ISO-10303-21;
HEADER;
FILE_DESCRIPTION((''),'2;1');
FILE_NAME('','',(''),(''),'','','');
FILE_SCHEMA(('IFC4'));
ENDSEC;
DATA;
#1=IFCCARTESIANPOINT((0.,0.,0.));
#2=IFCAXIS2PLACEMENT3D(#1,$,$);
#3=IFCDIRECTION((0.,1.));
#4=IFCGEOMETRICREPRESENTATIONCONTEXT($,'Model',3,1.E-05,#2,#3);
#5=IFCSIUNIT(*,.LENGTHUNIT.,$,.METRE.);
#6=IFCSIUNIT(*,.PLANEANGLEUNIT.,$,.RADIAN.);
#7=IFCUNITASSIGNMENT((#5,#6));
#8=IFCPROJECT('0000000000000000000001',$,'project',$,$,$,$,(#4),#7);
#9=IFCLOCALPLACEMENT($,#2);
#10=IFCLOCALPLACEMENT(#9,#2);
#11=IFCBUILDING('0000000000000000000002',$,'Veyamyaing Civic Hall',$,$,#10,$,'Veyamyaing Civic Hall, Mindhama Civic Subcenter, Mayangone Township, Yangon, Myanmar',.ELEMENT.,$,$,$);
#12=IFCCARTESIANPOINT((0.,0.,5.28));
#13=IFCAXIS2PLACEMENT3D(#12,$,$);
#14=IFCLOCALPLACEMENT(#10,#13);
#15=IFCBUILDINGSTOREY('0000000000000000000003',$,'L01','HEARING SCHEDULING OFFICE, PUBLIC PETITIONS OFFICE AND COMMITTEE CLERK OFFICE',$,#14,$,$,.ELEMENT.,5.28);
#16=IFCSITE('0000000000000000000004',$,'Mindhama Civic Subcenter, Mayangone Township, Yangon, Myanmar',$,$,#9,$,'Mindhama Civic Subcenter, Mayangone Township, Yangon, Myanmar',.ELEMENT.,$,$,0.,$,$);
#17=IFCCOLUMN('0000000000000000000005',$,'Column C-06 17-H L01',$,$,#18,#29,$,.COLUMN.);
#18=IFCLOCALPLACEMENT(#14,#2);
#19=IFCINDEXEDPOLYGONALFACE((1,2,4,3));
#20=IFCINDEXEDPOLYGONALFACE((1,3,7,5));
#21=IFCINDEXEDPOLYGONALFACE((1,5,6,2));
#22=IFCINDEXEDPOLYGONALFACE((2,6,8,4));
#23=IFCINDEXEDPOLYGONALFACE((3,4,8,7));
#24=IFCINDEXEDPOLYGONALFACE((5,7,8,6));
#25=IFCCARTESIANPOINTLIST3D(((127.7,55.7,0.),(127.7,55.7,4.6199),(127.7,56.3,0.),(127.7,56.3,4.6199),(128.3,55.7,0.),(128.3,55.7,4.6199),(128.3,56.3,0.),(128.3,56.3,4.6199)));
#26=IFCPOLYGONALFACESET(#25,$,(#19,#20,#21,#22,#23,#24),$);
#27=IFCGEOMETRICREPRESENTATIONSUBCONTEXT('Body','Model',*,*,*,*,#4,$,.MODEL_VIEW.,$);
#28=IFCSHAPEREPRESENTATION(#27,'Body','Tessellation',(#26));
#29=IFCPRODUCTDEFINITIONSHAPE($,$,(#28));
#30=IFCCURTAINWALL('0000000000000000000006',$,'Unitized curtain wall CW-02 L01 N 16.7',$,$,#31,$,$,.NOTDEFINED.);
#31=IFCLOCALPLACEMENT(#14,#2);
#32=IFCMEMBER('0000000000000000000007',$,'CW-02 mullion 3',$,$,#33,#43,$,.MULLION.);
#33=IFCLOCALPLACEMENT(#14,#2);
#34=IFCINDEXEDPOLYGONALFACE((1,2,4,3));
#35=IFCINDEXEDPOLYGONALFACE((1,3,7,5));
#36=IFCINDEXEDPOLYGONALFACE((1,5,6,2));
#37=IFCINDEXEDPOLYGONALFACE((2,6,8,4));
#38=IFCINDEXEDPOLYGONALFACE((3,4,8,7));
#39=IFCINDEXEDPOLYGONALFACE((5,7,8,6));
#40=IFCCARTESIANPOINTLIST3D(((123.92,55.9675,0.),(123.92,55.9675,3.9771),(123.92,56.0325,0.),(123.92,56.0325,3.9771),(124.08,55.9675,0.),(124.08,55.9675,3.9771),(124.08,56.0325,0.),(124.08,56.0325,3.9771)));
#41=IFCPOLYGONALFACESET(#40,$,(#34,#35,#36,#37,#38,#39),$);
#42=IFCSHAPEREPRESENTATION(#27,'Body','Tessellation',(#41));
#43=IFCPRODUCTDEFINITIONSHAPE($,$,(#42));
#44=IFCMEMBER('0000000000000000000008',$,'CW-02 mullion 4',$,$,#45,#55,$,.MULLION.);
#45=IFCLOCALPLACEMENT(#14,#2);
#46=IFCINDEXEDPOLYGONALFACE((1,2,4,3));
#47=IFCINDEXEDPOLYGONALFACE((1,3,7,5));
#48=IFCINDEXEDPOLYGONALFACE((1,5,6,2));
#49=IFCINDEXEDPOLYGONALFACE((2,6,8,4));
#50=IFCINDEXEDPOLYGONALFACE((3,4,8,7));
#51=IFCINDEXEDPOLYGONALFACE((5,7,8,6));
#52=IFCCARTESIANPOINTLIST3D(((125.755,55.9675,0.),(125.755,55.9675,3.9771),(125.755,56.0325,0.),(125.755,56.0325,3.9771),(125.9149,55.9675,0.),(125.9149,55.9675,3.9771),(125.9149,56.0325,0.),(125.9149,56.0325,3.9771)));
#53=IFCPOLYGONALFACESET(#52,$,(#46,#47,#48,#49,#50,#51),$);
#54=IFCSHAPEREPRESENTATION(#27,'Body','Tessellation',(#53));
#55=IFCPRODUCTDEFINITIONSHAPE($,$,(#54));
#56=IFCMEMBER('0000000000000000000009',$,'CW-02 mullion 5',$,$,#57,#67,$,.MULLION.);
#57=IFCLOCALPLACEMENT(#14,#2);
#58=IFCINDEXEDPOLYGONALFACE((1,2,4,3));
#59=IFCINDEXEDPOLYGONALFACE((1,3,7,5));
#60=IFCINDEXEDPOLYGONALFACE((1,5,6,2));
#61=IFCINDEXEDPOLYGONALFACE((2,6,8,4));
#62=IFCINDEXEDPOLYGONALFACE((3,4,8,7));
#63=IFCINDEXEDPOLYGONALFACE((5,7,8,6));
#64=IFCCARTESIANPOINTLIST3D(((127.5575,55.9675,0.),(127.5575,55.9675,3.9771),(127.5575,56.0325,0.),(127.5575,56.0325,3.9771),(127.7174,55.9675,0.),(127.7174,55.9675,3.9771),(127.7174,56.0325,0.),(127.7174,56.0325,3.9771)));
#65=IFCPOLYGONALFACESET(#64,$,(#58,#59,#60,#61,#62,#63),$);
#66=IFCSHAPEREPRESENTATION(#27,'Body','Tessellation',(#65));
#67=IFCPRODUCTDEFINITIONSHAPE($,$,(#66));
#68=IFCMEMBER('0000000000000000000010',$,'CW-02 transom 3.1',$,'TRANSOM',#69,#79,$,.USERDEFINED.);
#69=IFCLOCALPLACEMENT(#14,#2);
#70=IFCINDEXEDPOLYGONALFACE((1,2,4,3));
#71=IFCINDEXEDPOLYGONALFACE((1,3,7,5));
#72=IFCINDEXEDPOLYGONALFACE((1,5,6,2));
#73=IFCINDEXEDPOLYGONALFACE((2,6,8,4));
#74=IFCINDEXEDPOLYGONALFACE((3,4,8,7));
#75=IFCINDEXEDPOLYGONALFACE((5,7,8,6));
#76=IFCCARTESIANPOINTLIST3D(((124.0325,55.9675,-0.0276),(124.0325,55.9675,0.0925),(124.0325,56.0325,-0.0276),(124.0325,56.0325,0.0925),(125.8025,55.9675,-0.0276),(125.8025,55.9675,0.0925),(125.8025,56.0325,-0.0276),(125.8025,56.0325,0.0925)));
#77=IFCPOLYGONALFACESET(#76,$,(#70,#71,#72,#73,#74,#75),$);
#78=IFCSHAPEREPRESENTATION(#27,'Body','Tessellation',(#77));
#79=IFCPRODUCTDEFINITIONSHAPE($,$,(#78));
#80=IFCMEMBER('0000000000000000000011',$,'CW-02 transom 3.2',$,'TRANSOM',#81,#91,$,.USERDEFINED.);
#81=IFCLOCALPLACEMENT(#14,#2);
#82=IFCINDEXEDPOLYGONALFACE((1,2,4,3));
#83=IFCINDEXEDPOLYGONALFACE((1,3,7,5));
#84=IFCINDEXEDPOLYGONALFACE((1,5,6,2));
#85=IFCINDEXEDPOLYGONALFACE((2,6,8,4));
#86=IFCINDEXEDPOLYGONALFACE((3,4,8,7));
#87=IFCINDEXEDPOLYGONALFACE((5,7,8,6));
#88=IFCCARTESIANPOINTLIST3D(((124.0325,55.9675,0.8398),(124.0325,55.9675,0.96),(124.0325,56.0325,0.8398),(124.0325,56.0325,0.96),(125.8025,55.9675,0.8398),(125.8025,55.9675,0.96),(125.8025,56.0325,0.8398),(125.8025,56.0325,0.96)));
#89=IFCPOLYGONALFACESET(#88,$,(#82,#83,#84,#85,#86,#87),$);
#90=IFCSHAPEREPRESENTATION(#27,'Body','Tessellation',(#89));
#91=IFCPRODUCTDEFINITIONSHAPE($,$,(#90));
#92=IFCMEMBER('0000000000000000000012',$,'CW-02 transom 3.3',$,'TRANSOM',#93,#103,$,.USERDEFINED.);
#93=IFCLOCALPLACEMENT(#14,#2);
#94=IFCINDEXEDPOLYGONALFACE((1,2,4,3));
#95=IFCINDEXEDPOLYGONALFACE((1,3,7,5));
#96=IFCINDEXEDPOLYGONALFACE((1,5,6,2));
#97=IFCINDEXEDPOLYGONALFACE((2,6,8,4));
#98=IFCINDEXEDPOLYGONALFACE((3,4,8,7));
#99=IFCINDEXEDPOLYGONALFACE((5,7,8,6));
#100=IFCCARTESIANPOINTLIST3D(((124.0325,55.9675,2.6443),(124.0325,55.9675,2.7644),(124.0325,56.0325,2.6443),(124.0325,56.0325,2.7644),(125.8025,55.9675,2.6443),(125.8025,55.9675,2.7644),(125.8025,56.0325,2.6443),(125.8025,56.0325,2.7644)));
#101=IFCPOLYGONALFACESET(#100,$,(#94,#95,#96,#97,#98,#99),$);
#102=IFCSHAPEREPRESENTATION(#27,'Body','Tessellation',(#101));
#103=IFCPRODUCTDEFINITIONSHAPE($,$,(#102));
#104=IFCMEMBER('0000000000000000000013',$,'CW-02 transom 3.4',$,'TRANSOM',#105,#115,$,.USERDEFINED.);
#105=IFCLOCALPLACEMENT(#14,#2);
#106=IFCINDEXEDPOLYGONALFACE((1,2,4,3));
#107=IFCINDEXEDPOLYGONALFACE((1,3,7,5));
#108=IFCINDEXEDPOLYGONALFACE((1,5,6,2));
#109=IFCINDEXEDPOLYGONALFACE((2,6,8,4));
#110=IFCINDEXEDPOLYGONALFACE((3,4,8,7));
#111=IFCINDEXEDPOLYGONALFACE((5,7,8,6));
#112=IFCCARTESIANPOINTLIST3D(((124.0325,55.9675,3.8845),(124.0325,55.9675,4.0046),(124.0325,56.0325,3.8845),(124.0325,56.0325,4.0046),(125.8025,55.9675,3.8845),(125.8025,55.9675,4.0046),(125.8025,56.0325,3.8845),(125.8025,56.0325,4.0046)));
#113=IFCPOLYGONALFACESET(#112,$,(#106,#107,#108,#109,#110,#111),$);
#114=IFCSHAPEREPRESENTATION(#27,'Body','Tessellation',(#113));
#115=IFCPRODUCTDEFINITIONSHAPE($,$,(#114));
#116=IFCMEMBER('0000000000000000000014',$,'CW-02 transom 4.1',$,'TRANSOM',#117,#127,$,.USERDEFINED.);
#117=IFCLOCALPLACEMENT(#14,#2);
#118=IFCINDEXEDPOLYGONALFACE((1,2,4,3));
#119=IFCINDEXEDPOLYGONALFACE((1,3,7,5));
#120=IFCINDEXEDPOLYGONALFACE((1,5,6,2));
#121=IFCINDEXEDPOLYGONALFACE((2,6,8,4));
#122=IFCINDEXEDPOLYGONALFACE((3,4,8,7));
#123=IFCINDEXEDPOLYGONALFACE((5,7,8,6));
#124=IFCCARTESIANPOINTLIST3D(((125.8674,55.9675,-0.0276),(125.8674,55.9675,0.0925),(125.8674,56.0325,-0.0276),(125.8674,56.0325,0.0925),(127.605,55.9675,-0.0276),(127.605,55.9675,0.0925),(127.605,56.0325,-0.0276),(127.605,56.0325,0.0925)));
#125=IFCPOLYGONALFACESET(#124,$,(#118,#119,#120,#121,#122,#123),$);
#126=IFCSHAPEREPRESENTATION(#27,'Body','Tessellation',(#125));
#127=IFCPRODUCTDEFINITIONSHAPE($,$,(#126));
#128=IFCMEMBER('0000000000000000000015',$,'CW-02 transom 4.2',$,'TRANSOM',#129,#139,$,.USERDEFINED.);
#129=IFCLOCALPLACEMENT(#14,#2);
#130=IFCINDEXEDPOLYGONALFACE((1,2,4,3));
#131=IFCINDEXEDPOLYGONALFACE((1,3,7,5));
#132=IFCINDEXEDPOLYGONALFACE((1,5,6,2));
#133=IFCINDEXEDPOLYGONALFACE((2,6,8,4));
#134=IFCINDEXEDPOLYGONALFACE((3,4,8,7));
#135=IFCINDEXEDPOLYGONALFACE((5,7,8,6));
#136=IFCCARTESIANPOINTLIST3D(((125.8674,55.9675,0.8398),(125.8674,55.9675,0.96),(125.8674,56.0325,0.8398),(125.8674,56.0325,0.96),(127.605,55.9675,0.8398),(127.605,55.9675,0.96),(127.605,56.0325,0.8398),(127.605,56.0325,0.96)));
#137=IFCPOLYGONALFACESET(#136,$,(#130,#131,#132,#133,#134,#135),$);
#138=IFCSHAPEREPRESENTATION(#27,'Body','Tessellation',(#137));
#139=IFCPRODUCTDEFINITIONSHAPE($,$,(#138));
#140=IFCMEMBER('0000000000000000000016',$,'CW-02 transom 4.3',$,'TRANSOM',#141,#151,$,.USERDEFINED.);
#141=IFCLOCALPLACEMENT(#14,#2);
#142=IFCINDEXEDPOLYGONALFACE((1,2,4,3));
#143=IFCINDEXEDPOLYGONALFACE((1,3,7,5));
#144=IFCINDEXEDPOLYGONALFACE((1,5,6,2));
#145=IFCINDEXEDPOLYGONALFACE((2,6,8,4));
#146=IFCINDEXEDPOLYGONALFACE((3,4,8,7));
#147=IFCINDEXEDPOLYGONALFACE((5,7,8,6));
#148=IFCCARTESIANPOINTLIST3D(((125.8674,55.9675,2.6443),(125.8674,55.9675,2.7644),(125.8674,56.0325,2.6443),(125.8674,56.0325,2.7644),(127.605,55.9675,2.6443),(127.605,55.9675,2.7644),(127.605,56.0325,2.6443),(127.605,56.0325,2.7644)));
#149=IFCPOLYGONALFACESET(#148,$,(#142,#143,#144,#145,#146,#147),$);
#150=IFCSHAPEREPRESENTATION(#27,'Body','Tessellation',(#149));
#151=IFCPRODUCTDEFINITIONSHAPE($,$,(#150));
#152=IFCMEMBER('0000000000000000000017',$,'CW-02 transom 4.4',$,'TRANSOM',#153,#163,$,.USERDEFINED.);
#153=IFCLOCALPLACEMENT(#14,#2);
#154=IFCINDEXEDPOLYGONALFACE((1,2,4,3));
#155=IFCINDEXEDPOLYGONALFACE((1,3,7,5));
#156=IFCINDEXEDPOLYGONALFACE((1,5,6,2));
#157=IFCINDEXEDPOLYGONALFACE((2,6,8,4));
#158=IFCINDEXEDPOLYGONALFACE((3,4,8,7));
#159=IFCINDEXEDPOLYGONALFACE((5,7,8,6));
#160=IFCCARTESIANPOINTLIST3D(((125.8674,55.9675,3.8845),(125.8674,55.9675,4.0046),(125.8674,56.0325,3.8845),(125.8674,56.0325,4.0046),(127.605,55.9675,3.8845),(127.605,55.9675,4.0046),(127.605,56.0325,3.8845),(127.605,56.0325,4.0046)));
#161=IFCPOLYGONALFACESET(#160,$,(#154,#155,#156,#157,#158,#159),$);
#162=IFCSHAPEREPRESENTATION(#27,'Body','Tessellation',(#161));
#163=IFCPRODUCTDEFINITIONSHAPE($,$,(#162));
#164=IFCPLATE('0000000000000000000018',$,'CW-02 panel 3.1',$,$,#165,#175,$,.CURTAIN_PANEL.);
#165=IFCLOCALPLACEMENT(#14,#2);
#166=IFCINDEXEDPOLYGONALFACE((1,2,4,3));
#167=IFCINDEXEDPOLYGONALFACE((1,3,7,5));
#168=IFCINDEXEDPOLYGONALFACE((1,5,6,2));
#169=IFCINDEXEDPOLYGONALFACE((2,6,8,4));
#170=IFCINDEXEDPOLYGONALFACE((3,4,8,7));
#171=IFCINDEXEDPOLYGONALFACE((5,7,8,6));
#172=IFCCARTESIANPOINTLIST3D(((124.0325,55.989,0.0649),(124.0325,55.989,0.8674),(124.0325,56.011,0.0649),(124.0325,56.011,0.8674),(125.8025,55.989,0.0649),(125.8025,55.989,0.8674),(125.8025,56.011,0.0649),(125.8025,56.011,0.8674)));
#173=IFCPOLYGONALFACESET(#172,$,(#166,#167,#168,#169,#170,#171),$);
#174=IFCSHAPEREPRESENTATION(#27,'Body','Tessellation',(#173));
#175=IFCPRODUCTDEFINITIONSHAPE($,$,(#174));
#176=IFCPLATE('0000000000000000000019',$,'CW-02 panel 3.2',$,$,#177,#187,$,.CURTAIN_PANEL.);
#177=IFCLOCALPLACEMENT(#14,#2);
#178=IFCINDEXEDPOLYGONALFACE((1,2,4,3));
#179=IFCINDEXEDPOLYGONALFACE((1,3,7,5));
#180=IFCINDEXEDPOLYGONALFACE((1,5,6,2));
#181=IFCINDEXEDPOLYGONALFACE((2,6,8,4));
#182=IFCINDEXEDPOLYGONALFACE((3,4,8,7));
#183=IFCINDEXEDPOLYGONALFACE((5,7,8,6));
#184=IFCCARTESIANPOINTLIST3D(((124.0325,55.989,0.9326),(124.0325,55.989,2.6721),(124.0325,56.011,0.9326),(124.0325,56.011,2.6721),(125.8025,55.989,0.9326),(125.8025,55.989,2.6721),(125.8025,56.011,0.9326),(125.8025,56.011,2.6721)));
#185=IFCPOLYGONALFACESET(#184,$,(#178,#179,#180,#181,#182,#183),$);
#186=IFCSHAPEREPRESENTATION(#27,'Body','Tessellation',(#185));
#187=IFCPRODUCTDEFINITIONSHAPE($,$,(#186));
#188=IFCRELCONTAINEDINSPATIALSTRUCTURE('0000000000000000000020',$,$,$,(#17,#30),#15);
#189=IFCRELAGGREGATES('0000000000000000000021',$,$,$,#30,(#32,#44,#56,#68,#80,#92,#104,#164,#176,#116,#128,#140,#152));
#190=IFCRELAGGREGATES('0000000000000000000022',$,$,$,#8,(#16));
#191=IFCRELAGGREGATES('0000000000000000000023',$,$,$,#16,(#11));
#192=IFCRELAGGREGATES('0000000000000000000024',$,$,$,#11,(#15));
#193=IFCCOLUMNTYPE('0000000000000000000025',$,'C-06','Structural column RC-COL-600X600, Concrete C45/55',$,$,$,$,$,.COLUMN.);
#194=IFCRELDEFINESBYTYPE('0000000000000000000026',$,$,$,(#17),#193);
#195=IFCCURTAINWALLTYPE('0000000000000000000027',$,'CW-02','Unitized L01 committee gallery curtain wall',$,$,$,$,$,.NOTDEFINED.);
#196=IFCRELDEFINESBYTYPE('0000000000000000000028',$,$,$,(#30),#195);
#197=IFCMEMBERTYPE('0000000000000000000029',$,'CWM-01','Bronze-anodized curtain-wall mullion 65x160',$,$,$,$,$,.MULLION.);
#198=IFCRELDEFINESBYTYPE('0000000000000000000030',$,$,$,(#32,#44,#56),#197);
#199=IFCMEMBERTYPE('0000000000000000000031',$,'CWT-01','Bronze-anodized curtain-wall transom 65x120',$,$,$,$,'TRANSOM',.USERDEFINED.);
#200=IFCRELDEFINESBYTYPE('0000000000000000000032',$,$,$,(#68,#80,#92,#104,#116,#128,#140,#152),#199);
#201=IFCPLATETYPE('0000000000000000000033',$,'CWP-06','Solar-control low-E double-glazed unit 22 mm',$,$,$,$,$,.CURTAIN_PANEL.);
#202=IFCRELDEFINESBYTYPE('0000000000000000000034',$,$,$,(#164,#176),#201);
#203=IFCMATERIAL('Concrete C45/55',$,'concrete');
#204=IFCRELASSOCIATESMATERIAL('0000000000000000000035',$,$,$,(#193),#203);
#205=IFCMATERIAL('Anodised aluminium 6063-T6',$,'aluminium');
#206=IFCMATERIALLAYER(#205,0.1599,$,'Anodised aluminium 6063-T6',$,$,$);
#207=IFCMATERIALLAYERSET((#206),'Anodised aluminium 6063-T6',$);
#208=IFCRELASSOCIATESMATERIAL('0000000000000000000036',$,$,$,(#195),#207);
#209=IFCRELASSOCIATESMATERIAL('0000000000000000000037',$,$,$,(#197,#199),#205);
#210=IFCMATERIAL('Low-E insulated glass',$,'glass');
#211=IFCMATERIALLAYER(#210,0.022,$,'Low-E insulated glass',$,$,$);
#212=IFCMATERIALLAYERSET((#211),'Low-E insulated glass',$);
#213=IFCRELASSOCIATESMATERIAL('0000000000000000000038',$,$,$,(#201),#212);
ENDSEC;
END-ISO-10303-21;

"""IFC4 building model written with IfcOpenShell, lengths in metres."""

from ifc_helpers import new_model, si_unit, direction, frame, origin, origin_2d, place, context, subcontext, project, spatial, rectangle, extrude, material, layer, layer_set, material_profile, profile_set, type_object, element, aggregate, save


model = new_model("IFC4")

# Units and contexts
model_context = context("Model", 3, precision=1e-05, world=origin(), true_north=direction((0.0, 1.0)))
body_context = subcontext(model_context, "Body", "Model", "MODEL_VIEW")
ifc_project = project(units=[si_unit("LENGTHUNIT", "METRE"), si_unit("PLANEANGLEUNIT", "RADIAN")], contexts=[model_context])

# Site, building, storey
site_placement = place(None, origin())
site = spatial("IfcSite", under=ifc_project, at=site_placement, Name="Mindhama Civic Subcenter, Mayangone Township, Yangon, Myanmar", LongName="Mindhama Civic Subcenter, Mayangone Township, Yangon, Myanmar", CompositionType="ELEMENT", RefElevation=0.0)
building_placement = place(site_placement, origin())
building = spatial("IfcBuilding", under=site, at=building_placement, Name="Veyamyaing Civic Hall", LongName="Veyamyaing Civic Hall, Mindhama Civic Subcenter, Mayangone Township, Yangon, Myanmar", CompositionType="ELEMENT")
storey_placement = place(building_placement, frame((0.0, 0.0, 5.28)))
storey = spatial("IfcBuildingStorey", under=building, at=storey_placement, Name="L01", Description="HEARING SCHEDULING OFFICE, PUBLIC PETITIONS OFFICE AND COMMITTEE CLERK OFFICE", CompositionType="ELEMENT", Elevation=5.28)

# Column
ifc_material_1 = material(Name="Concrete C45/55", Category="concrete")
ifc_material_profile_1 = material_profile(ifc_material_1, rectangle(XDim=0.6001, YDim=0.6001, at=origin_2d()), Name="RC-COL-600X600")
ifc_profile_set_1 = profile_set([ifc_material_profile_1], Name="Concrete C45/55")
column_type = type_object("IfcColumnType", Name="C-06", Description="Structural column RC-COL-600X600, Concrete C45/55", PredefinedType="COLUMN", material=ifc_profile_set_1)
column_placement = place(storey_placement, frame((128.0, 56.0, 0.0), z_axis=(0.0, 0.0, 1.0), x_axis=(1.0, 0.0, 0.0)))
element("IfcColumn", 1, at=column_placement, inside=storey, type_object=column_type, Name="Column C-06 17-H L01", PredefinedType="COLUMN", context=body_context, shape_type="SweptSolid", body=[
    extrude(rectangle(XDim=0.6001, YDim=0.6001, at=origin_2d()), origin(), (0.0, 0.0, 1.0), 4.6199),
])

# Curtain wall, members, plates
ifc_material_2 = material(Name="Anodised aluminium 6063-T6", Category="aluminium")
ifc_layer_1 = layer(ifc_material_2, 0.1599, Name="Anodised aluminium 6063-T6")
ifc_layer_set_1 = layer_set([ifc_layer_1], Name="Anodised aluminium 6063-T6")
curtain_wall_type = type_object("IfcCurtainWallType", Name="CW-02", Description="Unitized L01 committee gallery curtain wall", PredefinedType="NOTDEFINED", material=ifc_layer_set_1)
curtain_wall_placement = place(storey_placement, origin())
curtain_wall = element("IfcCurtainWall", 2, at=curtain_wall_placement, inside=storey, type_object=curtain_wall_type, Name="Unitized curtain wall CW-02 L01 N 16.7", PredefinedType="NOTDEFINED")
ifc_material_profile_2 = material_profile(ifc_material_2, rectangle(XDim=0.0649, YDim=0.1599, at=origin_2d()), Name="ALU-MUL-65X160")
ifc_profile_set_2 = profile_set([ifc_material_profile_2], Name="Anodised aluminium 6063-T6")
member_type_1 = type_object("IfcMemberType", Name="CWM-01", Description="Bronze-anodized curtain-wall mullion 65x160", PredefinedType="MULLION", material=ifc_profile_set_2)
member_1_placement = place(storey_placement, frame((124.0, 56.0, 0.0), z_axis=(0.0, 0.0, 1.0), x_axis=(0.0, 1.0, 0.0)))
member_1 = element("IfcMember", 3, at=member_1_placement, type_object=member_type_1, Name="CW-02 mullion 3", PredefinedType="MULLION", context=body_context, shape_type="SweptSolid", body=[
    extrude(rectangle(XDim=0.0649, YDim=0.1599, at=origin_2d()), origin(), (0.0, 0.0, 1.0), 3.9771),
])
member_2_placement = place(storey_placement, frame((125.835, 56.0, 0.0), z_axis=(0.0, 0.0, 1.0), x_axis=(0.0, 1.0, 0.0)))
member_2 = element("IfcMember", 4, at=member_2_placement, type_object=member_type_1, Name="CW-02 mullion 4", PredefinedType="MULLION", context=body_context, shape_type="SweptSolid", body=[
    extrude(rectangle(XDim=0.0649, YDim=0.1599, at=origin_2d()), origin(), (0.0, 0.0, 1.0), 3.9771),
])
member_3_placement = place(storey_placement, frame((127.6375, 56.0, 0.0), z_axis=(0.0, 0.0, 1.0), x_axis=(0.0, 1.0, 0.0)))
member_3 = element("IfcMember", 5, at=member_3_placement, type_object=member_type_1, Name="CW-02 mullion 5", PredefinedType="MULLION", context=body_context, shape_type="SweptSolid", body=[
    extrude(rectangle(XDim=0.0649, YDim=0.1599, at=origin_2d()), origin(), (0.0, 0.0, 1.0), 3.9771),
])
ifc_material_profile_3 = material_profile(ifc_material_2, rectangle(XDim=0.0649, YDim=0.1201, at=origin_2d()), Name="ALU-TRN-65X120")
ifc_profile_set_3 = profile_set([ifc_material_profile_3], Name="Anodised aluminium 6063-T6")
member_type_2 = type_object("IfcMemberType", Name="CWT-01", Description="Bronze-anodized curtain-wall transom 65x120", ElementType="TRANSOM", PredefinedType="USERDEFINED", material=ifc_profile_set_3)
member_4_placement = place(storey_placement, frame((124.0325, 56.0, 0.0325), z_axis=(1.0, 0.0, 0.0), x_axis=(0.0, 1.0, 0.0)))
member_4 = element("IfcMember", 6, at=member_4_placement, type_object=member_type_2, Name="CW-02 transom 3.1", ObjectType="TRANSOM", PredefinedType="USERDEFINED", context=body_context, shape_type="SweptSolid", body=[
    extrude(rectangle(XDim=0.0649, YDim=0.1201, at=origin_2d()), origin(), (0.0, 0.0, 1.0), 1.77),
])
member_5_placement = place(storey_placement, frame((124.0325, 56.0, 0.8999), z_axis=(1.0, 0.0, 0.0), x_axis=(0.0, 1.0, 0.0)))
member_5 = element("IfcMember", 7, at=member_5_placement, type_object=member_type_2, Name="CW-02 transom 3.2", ObjectType="TRANSOM", PredefinedType="USERDEFINED", context=body_context, shape_type="SweptSolid", body=[
    extrude(rectangle(XDim=0.0649, YDim=0.1201, at=origin_2d()), origin(), (0.0, 0.0, 1.0), 1.77),
])
member_6_placement = place(storey_placement, frame((124.0325, 56.0, 2.7043), z_axis=(1.0, 0.0, 0.0), x_axis=(0.0, 1.0, 0.0)))
member_6 = element("IfcMember", 8, at=member_6_placement, type_object=member_type_2, Name="CW-02 transom 3.3", ObjectType="TRANSOM", PredefinedType="USERDEFINED", context=body_context, shape_type="SweptSolid", body=[
    extrude(rectangle(XDim=0.0649, YDim=0.1201, at=origin_2d()), origin(), (0.0, 0.0, 1.0), 1.77),
])
member_7_placement = place(storey_placement, frame((124.0325, 56.0, 3.9446), z_axis=(1.0, 0.0, 0.0), x_axis=(0.0, 1.0, 0.0)))
member_7 = element("IfcMember", 9, at=member_7_placement, type_object=member_type_2, Name="CW-02 transom 3.4", ObjectType="TRANSOM", PredefinedType="USERDEFINED", context=body_context, shape_type="SweptSolid", body=[
    extrude(rectangle(XDim=0.0649, YDim=0.1201, at=origin_2d()), origin(), (0.0, 0.0, 1.0), 1.77),
])
member_8_placement = place(storey_placement, frame((125.8674, 56.0, 0.0325), z_axis=(1.0, 0.0, 0.0), x_axis=(0.0, 1.0, 0.0)))
member_8 = element("IfcMember", 10, at=member_8_placement, type_object=member_type_2, Name="CW-02 transom 4.1", ObjectType="TRANSOM", PredefinedType="USERDEFINED", context=body_context, shape_type="SweptSolid", body=[
    extrude(rectangle(XDim=0.0649, YDim=0.1201, at=origin_2d()), origin(), (0.0, 0.0, 1.0), 1.7375),
])
member_9_placement = place(storey_placement, frame((125.8674, 56.0, 0.8999), z_axis=(1.0, 0.0, 0.0), x_axis=(0.0, 1.0, 0.0)))
member_9 = element("IfcMember", 11, at=member_9_placement, type_object=member_type_2, Name="CW-02 transom 4.2", ObjectType="TRANSOM", PredefinedType="USERDEFINED", context=body_context, shape_type="SweptSolid", body=[
    extrude(rectangle(XDim=0.0649, YDim=0.1201, at=origin_2d()), origin(), (0.0, 0.0, 1.0), 1.7375),
])
member_10_placement = place(storey_placement, frame((125.8674, 56.0, 2.7043), z_axis=(1.0, 0.0, 0.0), x_axis=(0.0, 1.0, 0.0)))
member_10 = element("IfcMember", 12, at=member_10_placement, type_object=member_type_2, Name="CW-02 transom 4.3", ObjectType="TRANSOM", PredefinedType="USERDEFINED", context=body_context, shape_type="SweptSolid", body=[
    extrude(rectangle(XDim=0.0649, YDim=0.1201, at=origin_2d()), origin(), (0.0, 0.0, 1.0), 1.7375),
])
member_11_placement = place(storey_placement, frame((125.8674, 56.0, 3.9446), z_axis=(1.0, 0.0, 0.0), x_axis=(0.0, 1.0, 0.0)))
member_11 = element("IfcMember", 13, at=member_11_placement, type_object=member_type_2, Name="CW-02 transom 4.4", ObjectType="TRANSOM", PredefinedType="USERDEFINED", context=body_context, shape_type="SweptSolid", body=[
    extrude(rectangle(XDim=0.0649, YDim=0.1201, at=origin_2d()), origin(), (0.0, 0.0, 1.0), 1.7375),
])
ifc_material_3 = material(Name="Low-E insulated glass", Category="glass")
ifc_layer_2 = layer(ifc_material_3, 0.022, Name="Low-E insulated glass")
ifc_layer_set_2 = layer_set([ifc_layer_2], Name="Low-E insulated glass")
plate_type = type_object("IfcPlateType", Name="CWP-06", Description="Solar-control low-E double-glazed unit 22 mm", PredefinedType="CURTAIN_PANEL", material=ifc_layer_set_2)
plate_1_placement = place(storey_placement, frame((124.9175, 56.0, 0.0649), z_axis=(0.0, 0.0, 1.0), x_axis=(1.0, 0.0, 0.0)))
plate_1 = element("IfcPlate", 14, at=plate_1_placement, type_object=plate_type, Name="CW-02 panel 3.1", PredefinedType="CURTAIN_PANEL", context=body_context, shape_type="SweptSolid", body=[
    extrude(rectangle(XDim=1.77, YDim=0.022, at=origin_2d()), origin(), (0.0, 0.0, 1.0), 0.8025),
])
plate_2_placement = place(storey_placement, frame((124.9175, 56.0, 0.9326), z_axis=(0.0, 0.0, 1.0), x_axis=(1.0, 0.0, 0.0)))
plate_2 = element("IfcPlate", 15, at=plate_2_placement, type_object=plate_type, Name="CW-02 panel 3.2", PredefinedType="CURTAIN_PANEL", context=body_context, shape_type="SweptSolid", body=[
    extrude(rectangle(XDim=1.77, YDim=0.022, at=origin_2d()), origin(), (0.0, 0.0, 1.0), 1.7395),
])
aggregate(curtain_wall, [member_1, member_2, member_3, member_4, member_5, member_6, member_7, plate_1, plate_2, member_8, member_9, member_10, member_11])

save(model, "model.ifc")
